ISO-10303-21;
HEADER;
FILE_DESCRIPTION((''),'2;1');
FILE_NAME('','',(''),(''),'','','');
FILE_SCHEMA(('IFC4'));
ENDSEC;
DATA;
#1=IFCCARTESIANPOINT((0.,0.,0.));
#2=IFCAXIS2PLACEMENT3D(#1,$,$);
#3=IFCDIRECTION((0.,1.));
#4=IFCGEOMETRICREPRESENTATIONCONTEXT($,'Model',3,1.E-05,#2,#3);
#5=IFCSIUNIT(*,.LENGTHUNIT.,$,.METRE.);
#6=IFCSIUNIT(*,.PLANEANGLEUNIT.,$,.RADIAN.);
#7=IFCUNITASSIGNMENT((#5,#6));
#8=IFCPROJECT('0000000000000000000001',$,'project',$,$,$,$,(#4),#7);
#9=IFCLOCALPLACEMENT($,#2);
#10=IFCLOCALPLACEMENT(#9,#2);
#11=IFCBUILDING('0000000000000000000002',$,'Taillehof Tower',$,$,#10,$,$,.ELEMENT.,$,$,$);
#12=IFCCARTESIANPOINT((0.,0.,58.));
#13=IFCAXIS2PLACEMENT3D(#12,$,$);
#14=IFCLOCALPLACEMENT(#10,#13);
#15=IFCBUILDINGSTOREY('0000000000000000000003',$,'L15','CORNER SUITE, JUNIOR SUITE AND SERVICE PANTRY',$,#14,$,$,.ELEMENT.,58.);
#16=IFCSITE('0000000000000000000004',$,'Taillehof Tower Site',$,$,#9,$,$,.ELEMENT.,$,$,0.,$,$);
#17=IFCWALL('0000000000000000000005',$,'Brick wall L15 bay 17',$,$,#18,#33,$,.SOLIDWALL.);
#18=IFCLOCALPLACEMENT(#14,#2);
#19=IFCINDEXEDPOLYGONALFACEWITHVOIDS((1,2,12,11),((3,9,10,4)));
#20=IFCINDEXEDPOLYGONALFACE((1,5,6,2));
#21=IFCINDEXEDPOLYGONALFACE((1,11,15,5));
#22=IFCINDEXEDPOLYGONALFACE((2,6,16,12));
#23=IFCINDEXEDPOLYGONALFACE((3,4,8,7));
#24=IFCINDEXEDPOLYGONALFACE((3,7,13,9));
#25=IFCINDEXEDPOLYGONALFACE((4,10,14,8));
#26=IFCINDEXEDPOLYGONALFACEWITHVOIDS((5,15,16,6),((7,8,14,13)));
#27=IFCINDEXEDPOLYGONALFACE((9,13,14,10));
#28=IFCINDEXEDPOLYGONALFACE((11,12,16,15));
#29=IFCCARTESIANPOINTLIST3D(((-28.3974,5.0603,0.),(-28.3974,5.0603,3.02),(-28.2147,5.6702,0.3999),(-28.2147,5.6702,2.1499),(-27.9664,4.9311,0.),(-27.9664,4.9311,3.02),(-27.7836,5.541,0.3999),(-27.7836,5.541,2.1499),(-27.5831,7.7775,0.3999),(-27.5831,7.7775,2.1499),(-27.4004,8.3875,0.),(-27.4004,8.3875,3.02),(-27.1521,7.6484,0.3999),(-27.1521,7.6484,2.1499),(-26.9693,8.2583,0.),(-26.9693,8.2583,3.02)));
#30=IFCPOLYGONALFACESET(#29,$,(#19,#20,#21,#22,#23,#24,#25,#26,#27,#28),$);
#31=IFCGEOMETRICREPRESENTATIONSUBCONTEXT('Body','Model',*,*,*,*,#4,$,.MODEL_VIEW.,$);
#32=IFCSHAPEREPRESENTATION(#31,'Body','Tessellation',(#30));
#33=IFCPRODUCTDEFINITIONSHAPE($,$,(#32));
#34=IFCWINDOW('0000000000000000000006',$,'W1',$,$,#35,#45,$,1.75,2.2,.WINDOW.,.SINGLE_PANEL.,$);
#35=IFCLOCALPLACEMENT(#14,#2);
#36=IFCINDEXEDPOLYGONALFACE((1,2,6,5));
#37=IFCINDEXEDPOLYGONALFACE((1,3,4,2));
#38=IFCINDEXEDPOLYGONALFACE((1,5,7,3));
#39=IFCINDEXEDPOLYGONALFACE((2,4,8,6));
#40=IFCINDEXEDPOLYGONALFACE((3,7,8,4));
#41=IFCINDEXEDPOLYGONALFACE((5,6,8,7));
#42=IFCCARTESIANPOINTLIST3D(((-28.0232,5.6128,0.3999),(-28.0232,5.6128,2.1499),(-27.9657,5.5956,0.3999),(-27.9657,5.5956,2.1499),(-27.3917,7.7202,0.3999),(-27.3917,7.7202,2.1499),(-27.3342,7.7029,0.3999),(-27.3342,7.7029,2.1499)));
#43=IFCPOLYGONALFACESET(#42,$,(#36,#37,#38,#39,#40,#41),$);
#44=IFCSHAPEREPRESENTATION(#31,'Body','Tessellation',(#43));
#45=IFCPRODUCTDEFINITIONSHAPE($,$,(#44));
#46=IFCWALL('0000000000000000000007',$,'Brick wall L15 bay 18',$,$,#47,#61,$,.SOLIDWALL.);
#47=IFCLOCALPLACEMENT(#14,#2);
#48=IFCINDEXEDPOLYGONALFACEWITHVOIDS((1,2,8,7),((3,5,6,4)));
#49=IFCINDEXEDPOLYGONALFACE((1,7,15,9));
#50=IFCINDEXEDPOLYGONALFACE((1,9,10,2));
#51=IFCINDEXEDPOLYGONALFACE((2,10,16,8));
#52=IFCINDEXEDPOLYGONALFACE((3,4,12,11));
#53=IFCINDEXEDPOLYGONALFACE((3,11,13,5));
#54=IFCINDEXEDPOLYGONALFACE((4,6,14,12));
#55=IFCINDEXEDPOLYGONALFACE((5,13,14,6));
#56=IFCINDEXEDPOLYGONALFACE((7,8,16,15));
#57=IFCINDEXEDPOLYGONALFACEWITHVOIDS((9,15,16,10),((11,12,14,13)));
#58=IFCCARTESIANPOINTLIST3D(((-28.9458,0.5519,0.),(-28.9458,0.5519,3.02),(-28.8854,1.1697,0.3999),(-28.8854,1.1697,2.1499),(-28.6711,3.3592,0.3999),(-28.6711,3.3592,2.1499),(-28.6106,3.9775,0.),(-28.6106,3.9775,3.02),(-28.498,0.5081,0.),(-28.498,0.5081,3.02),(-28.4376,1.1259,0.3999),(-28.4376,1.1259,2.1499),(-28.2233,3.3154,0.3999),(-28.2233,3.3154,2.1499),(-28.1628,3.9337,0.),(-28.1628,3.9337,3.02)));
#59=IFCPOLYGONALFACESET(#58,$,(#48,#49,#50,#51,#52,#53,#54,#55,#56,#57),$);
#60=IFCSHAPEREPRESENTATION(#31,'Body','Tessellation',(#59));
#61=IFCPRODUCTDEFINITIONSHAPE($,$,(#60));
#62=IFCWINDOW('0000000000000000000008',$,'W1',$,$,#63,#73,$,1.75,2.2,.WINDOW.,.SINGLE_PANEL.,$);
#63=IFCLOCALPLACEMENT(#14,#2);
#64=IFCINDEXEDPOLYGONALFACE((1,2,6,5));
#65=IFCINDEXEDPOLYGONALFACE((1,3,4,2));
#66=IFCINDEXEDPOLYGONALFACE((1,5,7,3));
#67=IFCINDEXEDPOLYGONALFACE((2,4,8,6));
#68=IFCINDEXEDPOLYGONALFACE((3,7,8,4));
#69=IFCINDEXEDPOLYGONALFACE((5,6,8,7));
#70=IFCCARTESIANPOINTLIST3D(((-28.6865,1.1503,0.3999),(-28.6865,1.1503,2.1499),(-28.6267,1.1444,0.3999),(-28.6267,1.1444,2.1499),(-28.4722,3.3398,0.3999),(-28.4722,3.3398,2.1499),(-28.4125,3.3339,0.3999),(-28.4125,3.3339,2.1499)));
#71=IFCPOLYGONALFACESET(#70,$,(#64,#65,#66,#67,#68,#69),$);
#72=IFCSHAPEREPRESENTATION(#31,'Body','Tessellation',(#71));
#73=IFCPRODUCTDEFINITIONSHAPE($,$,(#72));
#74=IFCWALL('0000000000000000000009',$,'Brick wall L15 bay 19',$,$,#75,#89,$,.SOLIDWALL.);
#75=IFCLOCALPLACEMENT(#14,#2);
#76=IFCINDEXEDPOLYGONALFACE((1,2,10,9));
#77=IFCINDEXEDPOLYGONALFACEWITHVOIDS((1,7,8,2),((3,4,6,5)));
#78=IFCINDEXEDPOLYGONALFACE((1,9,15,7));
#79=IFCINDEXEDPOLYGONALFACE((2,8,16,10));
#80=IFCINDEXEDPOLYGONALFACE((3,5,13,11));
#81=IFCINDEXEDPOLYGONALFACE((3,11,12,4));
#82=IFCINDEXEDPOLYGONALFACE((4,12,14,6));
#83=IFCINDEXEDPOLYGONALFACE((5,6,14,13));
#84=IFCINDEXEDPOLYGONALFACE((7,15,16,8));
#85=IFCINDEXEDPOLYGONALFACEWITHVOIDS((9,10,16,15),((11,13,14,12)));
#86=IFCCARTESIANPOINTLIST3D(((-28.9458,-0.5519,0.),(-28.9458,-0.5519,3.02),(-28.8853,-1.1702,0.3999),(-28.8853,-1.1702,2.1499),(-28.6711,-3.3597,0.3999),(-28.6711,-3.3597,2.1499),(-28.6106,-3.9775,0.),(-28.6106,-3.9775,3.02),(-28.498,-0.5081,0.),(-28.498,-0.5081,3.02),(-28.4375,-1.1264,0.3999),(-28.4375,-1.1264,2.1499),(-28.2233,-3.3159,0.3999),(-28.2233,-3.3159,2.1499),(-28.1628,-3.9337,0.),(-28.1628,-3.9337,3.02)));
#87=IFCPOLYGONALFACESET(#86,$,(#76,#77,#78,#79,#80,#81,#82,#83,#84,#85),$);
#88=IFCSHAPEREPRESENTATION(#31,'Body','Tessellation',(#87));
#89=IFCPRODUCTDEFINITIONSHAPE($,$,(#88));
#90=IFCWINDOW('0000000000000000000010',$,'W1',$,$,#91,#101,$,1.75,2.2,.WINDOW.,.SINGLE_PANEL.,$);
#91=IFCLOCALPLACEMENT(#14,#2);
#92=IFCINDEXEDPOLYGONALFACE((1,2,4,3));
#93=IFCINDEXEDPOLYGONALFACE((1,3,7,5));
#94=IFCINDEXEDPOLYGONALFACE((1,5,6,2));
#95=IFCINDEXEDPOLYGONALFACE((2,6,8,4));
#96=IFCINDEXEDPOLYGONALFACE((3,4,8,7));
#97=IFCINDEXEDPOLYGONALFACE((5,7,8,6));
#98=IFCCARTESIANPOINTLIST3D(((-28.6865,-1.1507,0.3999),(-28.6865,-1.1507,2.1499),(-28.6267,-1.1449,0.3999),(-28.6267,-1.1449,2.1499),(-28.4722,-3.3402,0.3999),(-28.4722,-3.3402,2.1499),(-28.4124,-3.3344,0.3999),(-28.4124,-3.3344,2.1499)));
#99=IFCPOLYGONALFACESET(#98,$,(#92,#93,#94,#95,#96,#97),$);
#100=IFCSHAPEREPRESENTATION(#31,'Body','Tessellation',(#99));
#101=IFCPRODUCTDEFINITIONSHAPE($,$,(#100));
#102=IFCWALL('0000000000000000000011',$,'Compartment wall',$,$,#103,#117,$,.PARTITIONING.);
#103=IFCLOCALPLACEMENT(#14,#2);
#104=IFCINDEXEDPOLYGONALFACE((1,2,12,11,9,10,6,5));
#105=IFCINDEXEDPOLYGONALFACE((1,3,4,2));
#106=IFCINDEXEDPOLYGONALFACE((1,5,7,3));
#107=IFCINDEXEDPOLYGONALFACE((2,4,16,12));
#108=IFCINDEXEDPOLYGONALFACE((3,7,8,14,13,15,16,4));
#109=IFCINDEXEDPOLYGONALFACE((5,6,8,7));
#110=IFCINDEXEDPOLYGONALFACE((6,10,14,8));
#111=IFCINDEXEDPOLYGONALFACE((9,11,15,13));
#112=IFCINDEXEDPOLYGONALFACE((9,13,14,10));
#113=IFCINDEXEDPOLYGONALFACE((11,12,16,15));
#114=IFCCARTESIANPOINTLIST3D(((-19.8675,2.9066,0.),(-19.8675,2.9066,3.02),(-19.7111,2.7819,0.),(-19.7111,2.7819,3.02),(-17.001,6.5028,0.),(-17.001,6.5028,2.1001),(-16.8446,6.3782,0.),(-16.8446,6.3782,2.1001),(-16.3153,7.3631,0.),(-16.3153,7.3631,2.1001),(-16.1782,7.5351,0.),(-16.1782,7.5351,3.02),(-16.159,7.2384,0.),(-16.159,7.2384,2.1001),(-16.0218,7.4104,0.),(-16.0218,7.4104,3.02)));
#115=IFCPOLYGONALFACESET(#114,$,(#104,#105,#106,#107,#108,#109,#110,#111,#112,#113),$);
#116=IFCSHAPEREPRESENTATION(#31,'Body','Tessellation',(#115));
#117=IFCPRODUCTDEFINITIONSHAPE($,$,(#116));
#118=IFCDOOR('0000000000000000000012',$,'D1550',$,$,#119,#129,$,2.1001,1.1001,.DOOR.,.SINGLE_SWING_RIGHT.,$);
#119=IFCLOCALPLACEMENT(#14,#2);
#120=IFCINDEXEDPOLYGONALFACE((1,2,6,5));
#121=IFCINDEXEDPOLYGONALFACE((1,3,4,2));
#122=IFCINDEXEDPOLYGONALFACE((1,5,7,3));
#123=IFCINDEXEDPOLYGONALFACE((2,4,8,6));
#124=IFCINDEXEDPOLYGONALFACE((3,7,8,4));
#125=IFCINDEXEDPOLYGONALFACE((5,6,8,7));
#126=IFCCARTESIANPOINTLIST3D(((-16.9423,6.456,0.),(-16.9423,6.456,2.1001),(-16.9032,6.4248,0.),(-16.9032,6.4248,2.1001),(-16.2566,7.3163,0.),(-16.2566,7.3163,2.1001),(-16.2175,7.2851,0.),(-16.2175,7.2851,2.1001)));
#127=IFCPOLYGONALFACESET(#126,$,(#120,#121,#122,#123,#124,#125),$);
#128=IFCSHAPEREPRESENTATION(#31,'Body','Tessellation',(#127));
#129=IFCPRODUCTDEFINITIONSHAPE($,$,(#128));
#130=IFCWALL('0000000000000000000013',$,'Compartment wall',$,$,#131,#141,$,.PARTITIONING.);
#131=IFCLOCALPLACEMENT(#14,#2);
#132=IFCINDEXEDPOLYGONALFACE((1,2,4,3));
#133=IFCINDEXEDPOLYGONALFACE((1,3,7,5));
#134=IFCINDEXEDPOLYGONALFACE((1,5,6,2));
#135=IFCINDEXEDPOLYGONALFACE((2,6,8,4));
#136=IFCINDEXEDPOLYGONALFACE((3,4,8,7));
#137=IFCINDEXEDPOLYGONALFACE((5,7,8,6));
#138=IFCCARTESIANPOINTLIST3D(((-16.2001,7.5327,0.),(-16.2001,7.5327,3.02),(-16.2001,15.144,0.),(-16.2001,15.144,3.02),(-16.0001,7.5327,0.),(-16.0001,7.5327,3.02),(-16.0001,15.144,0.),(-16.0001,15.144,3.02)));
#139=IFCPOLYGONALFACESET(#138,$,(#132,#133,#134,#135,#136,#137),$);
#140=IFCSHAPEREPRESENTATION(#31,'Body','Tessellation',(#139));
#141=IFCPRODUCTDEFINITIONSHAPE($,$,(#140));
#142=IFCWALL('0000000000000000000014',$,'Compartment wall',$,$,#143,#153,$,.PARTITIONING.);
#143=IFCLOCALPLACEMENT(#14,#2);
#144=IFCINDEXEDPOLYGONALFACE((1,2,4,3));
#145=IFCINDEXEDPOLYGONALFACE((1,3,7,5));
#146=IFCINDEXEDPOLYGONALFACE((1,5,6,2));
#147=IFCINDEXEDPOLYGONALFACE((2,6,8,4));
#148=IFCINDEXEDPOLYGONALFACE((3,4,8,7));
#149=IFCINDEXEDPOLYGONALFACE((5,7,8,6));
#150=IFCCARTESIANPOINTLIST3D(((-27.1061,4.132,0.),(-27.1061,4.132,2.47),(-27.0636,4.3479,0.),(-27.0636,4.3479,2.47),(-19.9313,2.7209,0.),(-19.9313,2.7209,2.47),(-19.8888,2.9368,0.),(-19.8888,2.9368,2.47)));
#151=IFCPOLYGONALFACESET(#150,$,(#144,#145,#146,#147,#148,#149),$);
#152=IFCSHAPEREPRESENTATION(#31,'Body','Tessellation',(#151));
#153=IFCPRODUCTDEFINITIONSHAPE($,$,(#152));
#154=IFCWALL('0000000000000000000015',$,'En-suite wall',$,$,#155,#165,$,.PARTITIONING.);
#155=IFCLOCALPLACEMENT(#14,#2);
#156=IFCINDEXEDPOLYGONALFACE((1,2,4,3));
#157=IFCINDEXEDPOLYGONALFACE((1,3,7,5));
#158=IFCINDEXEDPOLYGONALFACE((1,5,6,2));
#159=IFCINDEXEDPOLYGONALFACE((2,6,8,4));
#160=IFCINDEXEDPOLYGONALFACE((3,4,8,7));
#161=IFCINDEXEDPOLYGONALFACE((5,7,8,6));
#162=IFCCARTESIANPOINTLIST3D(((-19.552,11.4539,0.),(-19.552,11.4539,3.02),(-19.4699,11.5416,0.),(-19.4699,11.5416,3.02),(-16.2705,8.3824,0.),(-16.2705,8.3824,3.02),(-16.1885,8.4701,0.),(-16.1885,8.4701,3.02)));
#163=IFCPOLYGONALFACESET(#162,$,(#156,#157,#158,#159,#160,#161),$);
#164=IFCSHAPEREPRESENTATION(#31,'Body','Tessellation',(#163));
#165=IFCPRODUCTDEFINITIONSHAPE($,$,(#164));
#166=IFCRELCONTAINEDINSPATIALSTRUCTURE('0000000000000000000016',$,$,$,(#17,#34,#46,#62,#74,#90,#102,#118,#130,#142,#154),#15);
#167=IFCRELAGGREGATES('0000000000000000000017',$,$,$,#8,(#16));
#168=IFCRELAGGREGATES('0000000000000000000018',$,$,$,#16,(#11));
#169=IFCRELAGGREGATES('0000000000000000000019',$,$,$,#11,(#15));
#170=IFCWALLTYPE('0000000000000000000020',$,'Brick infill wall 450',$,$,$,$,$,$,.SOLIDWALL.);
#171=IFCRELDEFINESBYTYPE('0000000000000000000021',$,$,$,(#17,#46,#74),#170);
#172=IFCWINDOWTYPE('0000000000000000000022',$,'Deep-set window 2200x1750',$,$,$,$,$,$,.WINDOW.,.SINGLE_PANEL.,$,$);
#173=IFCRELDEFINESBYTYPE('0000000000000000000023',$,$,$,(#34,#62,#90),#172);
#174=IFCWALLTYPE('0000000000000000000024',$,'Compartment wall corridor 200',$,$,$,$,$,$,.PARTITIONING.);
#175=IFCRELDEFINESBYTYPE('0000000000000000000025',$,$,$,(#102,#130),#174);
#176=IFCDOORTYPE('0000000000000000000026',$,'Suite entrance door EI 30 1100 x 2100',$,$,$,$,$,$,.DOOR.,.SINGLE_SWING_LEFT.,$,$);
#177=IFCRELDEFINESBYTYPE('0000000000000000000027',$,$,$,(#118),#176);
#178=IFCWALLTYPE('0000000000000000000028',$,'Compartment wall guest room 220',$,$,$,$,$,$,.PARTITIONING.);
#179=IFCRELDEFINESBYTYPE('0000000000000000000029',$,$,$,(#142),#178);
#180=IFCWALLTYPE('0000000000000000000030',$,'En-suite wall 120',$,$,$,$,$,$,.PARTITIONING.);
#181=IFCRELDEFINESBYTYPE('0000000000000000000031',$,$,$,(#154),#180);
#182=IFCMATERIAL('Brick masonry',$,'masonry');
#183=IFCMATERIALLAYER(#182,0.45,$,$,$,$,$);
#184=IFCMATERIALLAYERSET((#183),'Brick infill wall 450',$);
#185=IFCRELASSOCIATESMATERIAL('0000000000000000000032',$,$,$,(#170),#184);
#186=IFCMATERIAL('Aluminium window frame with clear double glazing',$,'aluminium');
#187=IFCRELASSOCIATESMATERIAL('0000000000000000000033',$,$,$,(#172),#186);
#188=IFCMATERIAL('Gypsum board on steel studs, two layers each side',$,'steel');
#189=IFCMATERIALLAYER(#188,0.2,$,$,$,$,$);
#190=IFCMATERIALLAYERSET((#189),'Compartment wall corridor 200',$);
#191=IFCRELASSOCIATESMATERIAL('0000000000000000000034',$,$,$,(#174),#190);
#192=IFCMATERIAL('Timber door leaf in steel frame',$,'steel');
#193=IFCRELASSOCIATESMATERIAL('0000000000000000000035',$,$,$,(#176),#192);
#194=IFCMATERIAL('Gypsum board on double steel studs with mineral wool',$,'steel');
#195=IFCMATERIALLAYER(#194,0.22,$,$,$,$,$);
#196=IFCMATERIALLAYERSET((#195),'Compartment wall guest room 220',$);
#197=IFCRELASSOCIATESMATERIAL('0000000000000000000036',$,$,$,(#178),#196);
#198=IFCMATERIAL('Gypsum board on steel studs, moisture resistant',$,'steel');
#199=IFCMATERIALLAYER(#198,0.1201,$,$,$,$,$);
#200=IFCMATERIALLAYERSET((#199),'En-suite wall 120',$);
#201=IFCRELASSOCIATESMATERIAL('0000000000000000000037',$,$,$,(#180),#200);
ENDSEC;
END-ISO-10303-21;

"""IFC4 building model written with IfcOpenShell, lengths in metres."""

from ifc_helpers import new_model, si_unit, direction, frame, frame_2d, origin, place, context, subcontext, project, spatial, rectangle, extrude, material, layer, layer_set, type_object, element, fill, save


model = new_model("IFC4")

# Units and contexts
model_context = context("Model", 3, precision=1e-05, world=origin(), true_north=direction((0.0, 1.0)))
body_context = subcontext(model_context, "Body", "Model", "MODEL_VIEW")
ifc_project = project(units=[si_unit("LENGTHUNIT", "METRE"), si_unit("PLANEANGLEUNIT", "RADIAN")], contexts=[model_context])

# Site, building, storey
site_placement = place(None, origin())
site = spatial("IfcSite", under=ifc_project, at=site_placement, Name="Taillehof Tower Site", CompositionType="ELEMENT", RefElevation=0.0)
building_placement = place(site_placement, origin())
building = spatial("IfcBuilding", under=site, at=building_placement, Name="Taillehof Tower", CompositionType="ELEMENT")
storey_placement = place(building_placement, frame((0.0, 0.0, 58.0)))
storey = spatial("IfcBuildingStorey", under=building, at=storey_placement, Name="L15", Description="CORNER SUITE, JUNIOR SUITE AND SERVICE PANTRY", CompositionType="ELEMENT", Elevation=58.0)

# Walls, openings, windows
ifc_material_1 = material(Name="Brick masonry", Category="masonry")
ifc_layer_1 = layer(ifc_material_1, 0.45)
ifc_layer_set_1 = layer_set([ifc_layer_1], Name="Brick infill wall 450")
wall_type_1 = type_object("IfcWallType", Name="Brick infill wall 450", PredefinedType="SOLIDWALL", material=ifc_layer_set_1)
wall_1_placement = place(storey_placement, frame((-27.1848, 8.323, 0.0), z_axis=(0.0, 0.0, 1.0), x_axis=(-0.287064, -0.957911, 0.0)))
wall_1 = element("IfcWall", 1, at=wall_1_placement, inside=storey, type_object=wall_type_1, Name="Brick wall L15 bay 17", PredefinedType="SOLIDWALL", context=body_context, shape_type="SweptSolid", body=[
    extrude(rectangle(XDim=3.4734, YDim=0.45, at=frame_2d((1.7368, 0.0))), origin(), (0.0, 0.0, 1.0), 3.02),
])
opening_1_placement = place(wall_1_placement, frame((0.6367, 0.0, 0.3999)))
opening_1 = element("IfcOpeningElement", 2, at=opening_1_placement, cuts=wall_1, PredefinedType="OPENING", context=body_context, shape_type="SweptSolid", body=[
    extrude(rectangle(XDim=2.2, YDim=1.75, at=frame_2d((1.1001, 0.875))), frame((0.0, 0.2349, 0.0), z_axis=(0.0, -1.0, 0.0), x_axis=(1.0, 0.0, 0.0)), (0.0, 0.0, 1.0), 0.47),
])
ifc_material_2 = material(Name="Aluminium window frame with clear double glazing", Category="aluminium")
window_type = type_object("IfcWindowType", Name="Deep-set window 2200x1750", PartitioningType="SINGLE_PANEL", PredefinedType="WINDOW", material=ifc_material_2)
window_1_placement = place(opening_1_placement, origin())
window_1 = element("IfcWindow", 3, at=window_1_placement, inside=storey, type_object=window_type, Name="W1", OverallHeight=1.75, OverallWidth=2.2, PartitioningType="SINGLE_PANEL", PredefinedType="WINDOW", context=body_context, shape_type="SweptSolid", body=[
    extrude(rectangle(XDim=2.2, YDim=1.75, at=frame_2d((1.1001, 0.875))), frame((0.0, 0.0349, 0.0), z_axis=(0.0, -1.0, 0.0), x_axis=(1.0, 0.0, 0.0)), (0.0, 0.0, 1.0), 0.0601),
])
fill(opening_1, window_1)
wall_2_placement = place(storey_placement, frame((-28.3867, 3.9556, 0.0), z_axis=(0.0, 0.0, 1.0), x_axis=(-0.09739, -0.995246, 0.0)))
wall_2 = element("IfcWall", 4, at=wall_2_placement, inside=storey, type_object=wall_type_1, Name="Brick wall L15 bay 18", PredefinedType="SOLIDWALL", context=body_context, shape_type="SweptSolid", body=[
    extrude(rectangle(XDim=3.4419, YDim=0.45, at=frame_2d((1.7209, 0.0))), origin(), (0.0, 0.0, 1.0), 3.02),
])
opening_2_placement = place(wall_2_placement, frame((0.6211, 0.0, 0.3999)))
opening_2 = element("IfcOpeningElement", 5, at=opening_2_placement, cuts=wall_2, PredefinedType="OPENING", context=body_context, shape_type="SweptSolid", body=[
    extrude(rectangle(XDim=2.2, YDim=1.75, at=frame_2d((1.1001, 0.875))), frame((0.0, 0.2349, 0.0), z_axis=(0.0, -1.0, 0.0), x_axis=(1.0, 0.0, 0.0)), (0.0, 0.0, 1.0), 0.47),
])
window_2_placement = place(opening_2_placement, origin())
window_2 = element("IfcWindow", 6, at=window_2_placement, inside=storey, type_object=window_type, Name="W1", OverallHeight=1.75, OverallWidth=2.2, PartitioningType="SINGLE_PANEL", PredefinedType="WINDOW", context=body_context, shape_type="SweptSolid", body=[
    extrude(rectangle(XDim=2.2, YDim=1.75, at=frame_2d((1.1001, 0.875))), frame((0.0, 0.0349, 0.0), z_axis=(0.0, -1.0, 0.0), x_axis=(1.0, 0.0, 0.0)), (0.0, 0.0, 1.0), 0.0601),
])
fill(opening_2, window_2)
wall_3_placement = place(storey_placement, frame((-28.7219, -0.53, 0.0), z_axis=(0.0, 0.0, 1.0), x_axis=(0.09739, -0.995246, 0.0)))
wall_3 = element("IfcWall", 7, at=wall_3_placement, inside=storey, type_object=wall_type_1, Name="Brick wall L15 bay 19", PredefinedType="SOLIDWALL", context=body_context, shape_type="SweptSolid", body=[
    extrude(rectangle(XDim=3.4419, YDim=0.45, at=frame_2d((1.7209, 0.0))), origin(), (0.0, 0.0, 1.0), 3.02),
])
opening_3_placement = place(wall_3_placement, frame((0.6211, 0.0, 0.3999)))
opening_3 = element("IfcOpeningElement", 8, at=opening_3_placement, cuts=wall_3, PredefinedType="OPENING", context=body_context, shape_type="SweptSolid", body=[
    extrude(rectangle(XDim=2.2, YDim=1.75, at=frame_2d((1.1001, 0.875))), frame((0.0, 0.2349, 0.0), z_axis=(0.0, -1.0, 0.0), x_axis=(1.0, 0.0, 0.0)), (0.0, 0.0, 1.0), 0.47),
])
window_3_placement = place(opening_3_placement, origin())
window_3 = element("IfcWindow", 9, at=window_3_placement, inside=storey, type_object=window_type, Name="W1", OverallHeight=1.75, OverallWidth=2.2, PartitioningType="SINGLE_PANEL", PredefinedType="WINDOW", context=body_context, shape_type="SweptSolid", body=[
    extrude(rectangle(XDim=2.2, YDim=1.75, at=frame_2d((1.1001, 0.875))), frame((0.0, 0.0349, 0.0), z_axis=(0.0, -1.0, 0.0), x_axis=(1.0, 0.0, 0.0)), (0.0, 0.0, 1.0), 0.0601),
])
fill(opening_3, window_3)

# Wall, opening, door
ifc_material_3 = material(Name="Gypsum board on steel studs, two layers each side", Category="steel")
ifc_layer_2 = layer(ifc_material_3, 0.2)
ifc_layer_set_2 = layer_set([ifc_layer_2], Name="Compartment wall corridor 200")
wall_type_2 = type_object("IfcWallType", Name="Compartment wall corridor 200", PredefinedType="PARTITIONING", material=ifc_layer_set_2)
wall_4_placement = place(storey_placement, frame((-19.7893, 2.8442, 0.0), z_axis=(0.0, 0.0, 1.0), x_axis=(0.623301, 0.781982, 0.0)))
wall_4 = element("IfcWall", 10, at=wall_4_placement, inside=storey, type_object=wall_type_2, Name="Compartment wall", PredefinedType="PARTITIONING", context=body_context, shape_type="SweptSolid", body=[
    extrude(rectangle(XDim=5.9189, YDim=0.2, at=frame_2d((2.9595, 0.0))), origin(), (0.0, 0.0, 1.0), 3.02),
])
opening_4_placement = place(wall_4_placement, frame((4.5989, 0.0, 0.0)))
opening_4 = element("IfcOpeningElement", 11, at=opening_4_placement, cuts=wall_4, PredefinedType="OPENING", context=body_context, shape_type="SweptSolid", body=[
    extrude(rectangle(XDim=1.1001, YDim=2.1001, at=frame_2d((0.55, 1.05))), frame((0.0, 0.1099, 0.0), z_axis=(0.0, -1.0, 0.0), x_axis=(1.0, 0.0, 0.0)), (0.0, 0.0, 1.0), 0.22),
])
ifc_material_4 = material(Name="Timber door leaf in steel frame", Category="steel")
door_type = type_object("IfcDoorType", Name="Suite entrance door EI 30 1100 x 2100", OperationType="SINGLE_SWING_LEFT", PredefinedType="DOOR", material=ifc_material_4)
door_placement = place(opening_4_placement, origin())
door = element("IfcDoor", 12, at=door_placement, inside=storey, type_object=door_type, Name="D1550", OperationType="SINGLE_SWING_RIGHT", OverallHeight=2.1001, OverallWidth=1.1001, PredefinedType="DOOR", context=body_context, shape_type="SweptSolid", body=[
    extrude(rectangle(XDim=1.1001, YDim=2.1001, at=frame_2d((0.55, 1.05))), frame((0.0, 0.0249, 0.0), z_axis=(0.0, -1.0, 0.0), x_axis=(1.0, 0.0, 0.0)), (0.0, 0.0, 1.0), 0.05),
])
fill(opening_4, door)

# Walls
wall_5_placement = place(storey_placement, frame((-16.1001, 7.5327, 0.0), z_axis=(0.0, 0.0, 1.0), x_axis=(0.0, 1.0, 0.0)))
element("IfcWall", 13, at=wall_5_placement, inside=storey, type_object=wall_type_2, Name="Compartment wall", PredefinedType="PARTITIONING", context=body_context, shape_type="SweptSolid", body=[
    extrude(rectangle(XDim=7.6113, YDim=0.2, at=frame_2d((3.8057, 0.0))), origin(), (0.0, 0.0, 1.0), 3.02),
])
ifc_material_5 = material(Name="Gypsum board on double steel studs with mineral wool", Category="steel")
ifc_layer_3 = layer(ifc_material_5, 0.22)
ifc_layer_set_3 = layer_set([ifc_layer_3], Name="Compartment wall guest room 220")
wall_type_3 = type_object("IfcWallType", Name="Compartment wall guest room 220", PredefinedType="PARTITIONING", material=ifc_layer_set_3)
wall_6_placement = place(storey_placement, frame((-27.085, 4.24, 0.0), z_axis=(0.0, 0.0, 1.0), x_axis=(0.981202, -0.192982, 0.0)))
element("IfcWall", 14, at=wall_6_placement, inside=storey, type_object=wall_type_3, Name="Compartment wall", PredefinedType="PARTITIONING", context=body_context, shape_type="SweptSolid", body=[
    extrude(rectangle(XDim=7.3123, YDim=0.22, at=frame_2d((3.6562, 0.0))), origin(), (0.0, 0.0, 1.0), 2.47),
])
ifc_material_6 = material(Name="Gypsum board on steel studs, moisture resistant", Category="steel")
ifc_layer_4 = layer(ifc_material_6, 0.1201)
ifc_layer_set_4 = layer_set([ifc_layer_4], Name="En-suite wall 120")
wall_type_4 = type_object("IfcWallType", Name="En-suite wall 120", PredefinedType="PARTITIONING", material=ifc_layer_set_4)
wall_7_placement = place(storey_placement, frame((-16.2295, 8.4263, 0.0), z_axis=(0.0, 0.0, 1.0), x_axis=(-0.730077, 0.683365, 0.0)))
element("IfcWall", 15, at=wall_7_placement, inside=storey, type_object=wall_type_4, Name="En-suite wall", PredefinedType="PARTITIONING", context=body_context, shape_type="SweptSolid", body=[
    extrude(rectangle(XDim=4.4946, YDim=0.1201, at=frame_2d((2.2473, 0.0))), origin(), (0.0, 0.0, 1.0), 3.02),
])

save(model, "model.ifc")
